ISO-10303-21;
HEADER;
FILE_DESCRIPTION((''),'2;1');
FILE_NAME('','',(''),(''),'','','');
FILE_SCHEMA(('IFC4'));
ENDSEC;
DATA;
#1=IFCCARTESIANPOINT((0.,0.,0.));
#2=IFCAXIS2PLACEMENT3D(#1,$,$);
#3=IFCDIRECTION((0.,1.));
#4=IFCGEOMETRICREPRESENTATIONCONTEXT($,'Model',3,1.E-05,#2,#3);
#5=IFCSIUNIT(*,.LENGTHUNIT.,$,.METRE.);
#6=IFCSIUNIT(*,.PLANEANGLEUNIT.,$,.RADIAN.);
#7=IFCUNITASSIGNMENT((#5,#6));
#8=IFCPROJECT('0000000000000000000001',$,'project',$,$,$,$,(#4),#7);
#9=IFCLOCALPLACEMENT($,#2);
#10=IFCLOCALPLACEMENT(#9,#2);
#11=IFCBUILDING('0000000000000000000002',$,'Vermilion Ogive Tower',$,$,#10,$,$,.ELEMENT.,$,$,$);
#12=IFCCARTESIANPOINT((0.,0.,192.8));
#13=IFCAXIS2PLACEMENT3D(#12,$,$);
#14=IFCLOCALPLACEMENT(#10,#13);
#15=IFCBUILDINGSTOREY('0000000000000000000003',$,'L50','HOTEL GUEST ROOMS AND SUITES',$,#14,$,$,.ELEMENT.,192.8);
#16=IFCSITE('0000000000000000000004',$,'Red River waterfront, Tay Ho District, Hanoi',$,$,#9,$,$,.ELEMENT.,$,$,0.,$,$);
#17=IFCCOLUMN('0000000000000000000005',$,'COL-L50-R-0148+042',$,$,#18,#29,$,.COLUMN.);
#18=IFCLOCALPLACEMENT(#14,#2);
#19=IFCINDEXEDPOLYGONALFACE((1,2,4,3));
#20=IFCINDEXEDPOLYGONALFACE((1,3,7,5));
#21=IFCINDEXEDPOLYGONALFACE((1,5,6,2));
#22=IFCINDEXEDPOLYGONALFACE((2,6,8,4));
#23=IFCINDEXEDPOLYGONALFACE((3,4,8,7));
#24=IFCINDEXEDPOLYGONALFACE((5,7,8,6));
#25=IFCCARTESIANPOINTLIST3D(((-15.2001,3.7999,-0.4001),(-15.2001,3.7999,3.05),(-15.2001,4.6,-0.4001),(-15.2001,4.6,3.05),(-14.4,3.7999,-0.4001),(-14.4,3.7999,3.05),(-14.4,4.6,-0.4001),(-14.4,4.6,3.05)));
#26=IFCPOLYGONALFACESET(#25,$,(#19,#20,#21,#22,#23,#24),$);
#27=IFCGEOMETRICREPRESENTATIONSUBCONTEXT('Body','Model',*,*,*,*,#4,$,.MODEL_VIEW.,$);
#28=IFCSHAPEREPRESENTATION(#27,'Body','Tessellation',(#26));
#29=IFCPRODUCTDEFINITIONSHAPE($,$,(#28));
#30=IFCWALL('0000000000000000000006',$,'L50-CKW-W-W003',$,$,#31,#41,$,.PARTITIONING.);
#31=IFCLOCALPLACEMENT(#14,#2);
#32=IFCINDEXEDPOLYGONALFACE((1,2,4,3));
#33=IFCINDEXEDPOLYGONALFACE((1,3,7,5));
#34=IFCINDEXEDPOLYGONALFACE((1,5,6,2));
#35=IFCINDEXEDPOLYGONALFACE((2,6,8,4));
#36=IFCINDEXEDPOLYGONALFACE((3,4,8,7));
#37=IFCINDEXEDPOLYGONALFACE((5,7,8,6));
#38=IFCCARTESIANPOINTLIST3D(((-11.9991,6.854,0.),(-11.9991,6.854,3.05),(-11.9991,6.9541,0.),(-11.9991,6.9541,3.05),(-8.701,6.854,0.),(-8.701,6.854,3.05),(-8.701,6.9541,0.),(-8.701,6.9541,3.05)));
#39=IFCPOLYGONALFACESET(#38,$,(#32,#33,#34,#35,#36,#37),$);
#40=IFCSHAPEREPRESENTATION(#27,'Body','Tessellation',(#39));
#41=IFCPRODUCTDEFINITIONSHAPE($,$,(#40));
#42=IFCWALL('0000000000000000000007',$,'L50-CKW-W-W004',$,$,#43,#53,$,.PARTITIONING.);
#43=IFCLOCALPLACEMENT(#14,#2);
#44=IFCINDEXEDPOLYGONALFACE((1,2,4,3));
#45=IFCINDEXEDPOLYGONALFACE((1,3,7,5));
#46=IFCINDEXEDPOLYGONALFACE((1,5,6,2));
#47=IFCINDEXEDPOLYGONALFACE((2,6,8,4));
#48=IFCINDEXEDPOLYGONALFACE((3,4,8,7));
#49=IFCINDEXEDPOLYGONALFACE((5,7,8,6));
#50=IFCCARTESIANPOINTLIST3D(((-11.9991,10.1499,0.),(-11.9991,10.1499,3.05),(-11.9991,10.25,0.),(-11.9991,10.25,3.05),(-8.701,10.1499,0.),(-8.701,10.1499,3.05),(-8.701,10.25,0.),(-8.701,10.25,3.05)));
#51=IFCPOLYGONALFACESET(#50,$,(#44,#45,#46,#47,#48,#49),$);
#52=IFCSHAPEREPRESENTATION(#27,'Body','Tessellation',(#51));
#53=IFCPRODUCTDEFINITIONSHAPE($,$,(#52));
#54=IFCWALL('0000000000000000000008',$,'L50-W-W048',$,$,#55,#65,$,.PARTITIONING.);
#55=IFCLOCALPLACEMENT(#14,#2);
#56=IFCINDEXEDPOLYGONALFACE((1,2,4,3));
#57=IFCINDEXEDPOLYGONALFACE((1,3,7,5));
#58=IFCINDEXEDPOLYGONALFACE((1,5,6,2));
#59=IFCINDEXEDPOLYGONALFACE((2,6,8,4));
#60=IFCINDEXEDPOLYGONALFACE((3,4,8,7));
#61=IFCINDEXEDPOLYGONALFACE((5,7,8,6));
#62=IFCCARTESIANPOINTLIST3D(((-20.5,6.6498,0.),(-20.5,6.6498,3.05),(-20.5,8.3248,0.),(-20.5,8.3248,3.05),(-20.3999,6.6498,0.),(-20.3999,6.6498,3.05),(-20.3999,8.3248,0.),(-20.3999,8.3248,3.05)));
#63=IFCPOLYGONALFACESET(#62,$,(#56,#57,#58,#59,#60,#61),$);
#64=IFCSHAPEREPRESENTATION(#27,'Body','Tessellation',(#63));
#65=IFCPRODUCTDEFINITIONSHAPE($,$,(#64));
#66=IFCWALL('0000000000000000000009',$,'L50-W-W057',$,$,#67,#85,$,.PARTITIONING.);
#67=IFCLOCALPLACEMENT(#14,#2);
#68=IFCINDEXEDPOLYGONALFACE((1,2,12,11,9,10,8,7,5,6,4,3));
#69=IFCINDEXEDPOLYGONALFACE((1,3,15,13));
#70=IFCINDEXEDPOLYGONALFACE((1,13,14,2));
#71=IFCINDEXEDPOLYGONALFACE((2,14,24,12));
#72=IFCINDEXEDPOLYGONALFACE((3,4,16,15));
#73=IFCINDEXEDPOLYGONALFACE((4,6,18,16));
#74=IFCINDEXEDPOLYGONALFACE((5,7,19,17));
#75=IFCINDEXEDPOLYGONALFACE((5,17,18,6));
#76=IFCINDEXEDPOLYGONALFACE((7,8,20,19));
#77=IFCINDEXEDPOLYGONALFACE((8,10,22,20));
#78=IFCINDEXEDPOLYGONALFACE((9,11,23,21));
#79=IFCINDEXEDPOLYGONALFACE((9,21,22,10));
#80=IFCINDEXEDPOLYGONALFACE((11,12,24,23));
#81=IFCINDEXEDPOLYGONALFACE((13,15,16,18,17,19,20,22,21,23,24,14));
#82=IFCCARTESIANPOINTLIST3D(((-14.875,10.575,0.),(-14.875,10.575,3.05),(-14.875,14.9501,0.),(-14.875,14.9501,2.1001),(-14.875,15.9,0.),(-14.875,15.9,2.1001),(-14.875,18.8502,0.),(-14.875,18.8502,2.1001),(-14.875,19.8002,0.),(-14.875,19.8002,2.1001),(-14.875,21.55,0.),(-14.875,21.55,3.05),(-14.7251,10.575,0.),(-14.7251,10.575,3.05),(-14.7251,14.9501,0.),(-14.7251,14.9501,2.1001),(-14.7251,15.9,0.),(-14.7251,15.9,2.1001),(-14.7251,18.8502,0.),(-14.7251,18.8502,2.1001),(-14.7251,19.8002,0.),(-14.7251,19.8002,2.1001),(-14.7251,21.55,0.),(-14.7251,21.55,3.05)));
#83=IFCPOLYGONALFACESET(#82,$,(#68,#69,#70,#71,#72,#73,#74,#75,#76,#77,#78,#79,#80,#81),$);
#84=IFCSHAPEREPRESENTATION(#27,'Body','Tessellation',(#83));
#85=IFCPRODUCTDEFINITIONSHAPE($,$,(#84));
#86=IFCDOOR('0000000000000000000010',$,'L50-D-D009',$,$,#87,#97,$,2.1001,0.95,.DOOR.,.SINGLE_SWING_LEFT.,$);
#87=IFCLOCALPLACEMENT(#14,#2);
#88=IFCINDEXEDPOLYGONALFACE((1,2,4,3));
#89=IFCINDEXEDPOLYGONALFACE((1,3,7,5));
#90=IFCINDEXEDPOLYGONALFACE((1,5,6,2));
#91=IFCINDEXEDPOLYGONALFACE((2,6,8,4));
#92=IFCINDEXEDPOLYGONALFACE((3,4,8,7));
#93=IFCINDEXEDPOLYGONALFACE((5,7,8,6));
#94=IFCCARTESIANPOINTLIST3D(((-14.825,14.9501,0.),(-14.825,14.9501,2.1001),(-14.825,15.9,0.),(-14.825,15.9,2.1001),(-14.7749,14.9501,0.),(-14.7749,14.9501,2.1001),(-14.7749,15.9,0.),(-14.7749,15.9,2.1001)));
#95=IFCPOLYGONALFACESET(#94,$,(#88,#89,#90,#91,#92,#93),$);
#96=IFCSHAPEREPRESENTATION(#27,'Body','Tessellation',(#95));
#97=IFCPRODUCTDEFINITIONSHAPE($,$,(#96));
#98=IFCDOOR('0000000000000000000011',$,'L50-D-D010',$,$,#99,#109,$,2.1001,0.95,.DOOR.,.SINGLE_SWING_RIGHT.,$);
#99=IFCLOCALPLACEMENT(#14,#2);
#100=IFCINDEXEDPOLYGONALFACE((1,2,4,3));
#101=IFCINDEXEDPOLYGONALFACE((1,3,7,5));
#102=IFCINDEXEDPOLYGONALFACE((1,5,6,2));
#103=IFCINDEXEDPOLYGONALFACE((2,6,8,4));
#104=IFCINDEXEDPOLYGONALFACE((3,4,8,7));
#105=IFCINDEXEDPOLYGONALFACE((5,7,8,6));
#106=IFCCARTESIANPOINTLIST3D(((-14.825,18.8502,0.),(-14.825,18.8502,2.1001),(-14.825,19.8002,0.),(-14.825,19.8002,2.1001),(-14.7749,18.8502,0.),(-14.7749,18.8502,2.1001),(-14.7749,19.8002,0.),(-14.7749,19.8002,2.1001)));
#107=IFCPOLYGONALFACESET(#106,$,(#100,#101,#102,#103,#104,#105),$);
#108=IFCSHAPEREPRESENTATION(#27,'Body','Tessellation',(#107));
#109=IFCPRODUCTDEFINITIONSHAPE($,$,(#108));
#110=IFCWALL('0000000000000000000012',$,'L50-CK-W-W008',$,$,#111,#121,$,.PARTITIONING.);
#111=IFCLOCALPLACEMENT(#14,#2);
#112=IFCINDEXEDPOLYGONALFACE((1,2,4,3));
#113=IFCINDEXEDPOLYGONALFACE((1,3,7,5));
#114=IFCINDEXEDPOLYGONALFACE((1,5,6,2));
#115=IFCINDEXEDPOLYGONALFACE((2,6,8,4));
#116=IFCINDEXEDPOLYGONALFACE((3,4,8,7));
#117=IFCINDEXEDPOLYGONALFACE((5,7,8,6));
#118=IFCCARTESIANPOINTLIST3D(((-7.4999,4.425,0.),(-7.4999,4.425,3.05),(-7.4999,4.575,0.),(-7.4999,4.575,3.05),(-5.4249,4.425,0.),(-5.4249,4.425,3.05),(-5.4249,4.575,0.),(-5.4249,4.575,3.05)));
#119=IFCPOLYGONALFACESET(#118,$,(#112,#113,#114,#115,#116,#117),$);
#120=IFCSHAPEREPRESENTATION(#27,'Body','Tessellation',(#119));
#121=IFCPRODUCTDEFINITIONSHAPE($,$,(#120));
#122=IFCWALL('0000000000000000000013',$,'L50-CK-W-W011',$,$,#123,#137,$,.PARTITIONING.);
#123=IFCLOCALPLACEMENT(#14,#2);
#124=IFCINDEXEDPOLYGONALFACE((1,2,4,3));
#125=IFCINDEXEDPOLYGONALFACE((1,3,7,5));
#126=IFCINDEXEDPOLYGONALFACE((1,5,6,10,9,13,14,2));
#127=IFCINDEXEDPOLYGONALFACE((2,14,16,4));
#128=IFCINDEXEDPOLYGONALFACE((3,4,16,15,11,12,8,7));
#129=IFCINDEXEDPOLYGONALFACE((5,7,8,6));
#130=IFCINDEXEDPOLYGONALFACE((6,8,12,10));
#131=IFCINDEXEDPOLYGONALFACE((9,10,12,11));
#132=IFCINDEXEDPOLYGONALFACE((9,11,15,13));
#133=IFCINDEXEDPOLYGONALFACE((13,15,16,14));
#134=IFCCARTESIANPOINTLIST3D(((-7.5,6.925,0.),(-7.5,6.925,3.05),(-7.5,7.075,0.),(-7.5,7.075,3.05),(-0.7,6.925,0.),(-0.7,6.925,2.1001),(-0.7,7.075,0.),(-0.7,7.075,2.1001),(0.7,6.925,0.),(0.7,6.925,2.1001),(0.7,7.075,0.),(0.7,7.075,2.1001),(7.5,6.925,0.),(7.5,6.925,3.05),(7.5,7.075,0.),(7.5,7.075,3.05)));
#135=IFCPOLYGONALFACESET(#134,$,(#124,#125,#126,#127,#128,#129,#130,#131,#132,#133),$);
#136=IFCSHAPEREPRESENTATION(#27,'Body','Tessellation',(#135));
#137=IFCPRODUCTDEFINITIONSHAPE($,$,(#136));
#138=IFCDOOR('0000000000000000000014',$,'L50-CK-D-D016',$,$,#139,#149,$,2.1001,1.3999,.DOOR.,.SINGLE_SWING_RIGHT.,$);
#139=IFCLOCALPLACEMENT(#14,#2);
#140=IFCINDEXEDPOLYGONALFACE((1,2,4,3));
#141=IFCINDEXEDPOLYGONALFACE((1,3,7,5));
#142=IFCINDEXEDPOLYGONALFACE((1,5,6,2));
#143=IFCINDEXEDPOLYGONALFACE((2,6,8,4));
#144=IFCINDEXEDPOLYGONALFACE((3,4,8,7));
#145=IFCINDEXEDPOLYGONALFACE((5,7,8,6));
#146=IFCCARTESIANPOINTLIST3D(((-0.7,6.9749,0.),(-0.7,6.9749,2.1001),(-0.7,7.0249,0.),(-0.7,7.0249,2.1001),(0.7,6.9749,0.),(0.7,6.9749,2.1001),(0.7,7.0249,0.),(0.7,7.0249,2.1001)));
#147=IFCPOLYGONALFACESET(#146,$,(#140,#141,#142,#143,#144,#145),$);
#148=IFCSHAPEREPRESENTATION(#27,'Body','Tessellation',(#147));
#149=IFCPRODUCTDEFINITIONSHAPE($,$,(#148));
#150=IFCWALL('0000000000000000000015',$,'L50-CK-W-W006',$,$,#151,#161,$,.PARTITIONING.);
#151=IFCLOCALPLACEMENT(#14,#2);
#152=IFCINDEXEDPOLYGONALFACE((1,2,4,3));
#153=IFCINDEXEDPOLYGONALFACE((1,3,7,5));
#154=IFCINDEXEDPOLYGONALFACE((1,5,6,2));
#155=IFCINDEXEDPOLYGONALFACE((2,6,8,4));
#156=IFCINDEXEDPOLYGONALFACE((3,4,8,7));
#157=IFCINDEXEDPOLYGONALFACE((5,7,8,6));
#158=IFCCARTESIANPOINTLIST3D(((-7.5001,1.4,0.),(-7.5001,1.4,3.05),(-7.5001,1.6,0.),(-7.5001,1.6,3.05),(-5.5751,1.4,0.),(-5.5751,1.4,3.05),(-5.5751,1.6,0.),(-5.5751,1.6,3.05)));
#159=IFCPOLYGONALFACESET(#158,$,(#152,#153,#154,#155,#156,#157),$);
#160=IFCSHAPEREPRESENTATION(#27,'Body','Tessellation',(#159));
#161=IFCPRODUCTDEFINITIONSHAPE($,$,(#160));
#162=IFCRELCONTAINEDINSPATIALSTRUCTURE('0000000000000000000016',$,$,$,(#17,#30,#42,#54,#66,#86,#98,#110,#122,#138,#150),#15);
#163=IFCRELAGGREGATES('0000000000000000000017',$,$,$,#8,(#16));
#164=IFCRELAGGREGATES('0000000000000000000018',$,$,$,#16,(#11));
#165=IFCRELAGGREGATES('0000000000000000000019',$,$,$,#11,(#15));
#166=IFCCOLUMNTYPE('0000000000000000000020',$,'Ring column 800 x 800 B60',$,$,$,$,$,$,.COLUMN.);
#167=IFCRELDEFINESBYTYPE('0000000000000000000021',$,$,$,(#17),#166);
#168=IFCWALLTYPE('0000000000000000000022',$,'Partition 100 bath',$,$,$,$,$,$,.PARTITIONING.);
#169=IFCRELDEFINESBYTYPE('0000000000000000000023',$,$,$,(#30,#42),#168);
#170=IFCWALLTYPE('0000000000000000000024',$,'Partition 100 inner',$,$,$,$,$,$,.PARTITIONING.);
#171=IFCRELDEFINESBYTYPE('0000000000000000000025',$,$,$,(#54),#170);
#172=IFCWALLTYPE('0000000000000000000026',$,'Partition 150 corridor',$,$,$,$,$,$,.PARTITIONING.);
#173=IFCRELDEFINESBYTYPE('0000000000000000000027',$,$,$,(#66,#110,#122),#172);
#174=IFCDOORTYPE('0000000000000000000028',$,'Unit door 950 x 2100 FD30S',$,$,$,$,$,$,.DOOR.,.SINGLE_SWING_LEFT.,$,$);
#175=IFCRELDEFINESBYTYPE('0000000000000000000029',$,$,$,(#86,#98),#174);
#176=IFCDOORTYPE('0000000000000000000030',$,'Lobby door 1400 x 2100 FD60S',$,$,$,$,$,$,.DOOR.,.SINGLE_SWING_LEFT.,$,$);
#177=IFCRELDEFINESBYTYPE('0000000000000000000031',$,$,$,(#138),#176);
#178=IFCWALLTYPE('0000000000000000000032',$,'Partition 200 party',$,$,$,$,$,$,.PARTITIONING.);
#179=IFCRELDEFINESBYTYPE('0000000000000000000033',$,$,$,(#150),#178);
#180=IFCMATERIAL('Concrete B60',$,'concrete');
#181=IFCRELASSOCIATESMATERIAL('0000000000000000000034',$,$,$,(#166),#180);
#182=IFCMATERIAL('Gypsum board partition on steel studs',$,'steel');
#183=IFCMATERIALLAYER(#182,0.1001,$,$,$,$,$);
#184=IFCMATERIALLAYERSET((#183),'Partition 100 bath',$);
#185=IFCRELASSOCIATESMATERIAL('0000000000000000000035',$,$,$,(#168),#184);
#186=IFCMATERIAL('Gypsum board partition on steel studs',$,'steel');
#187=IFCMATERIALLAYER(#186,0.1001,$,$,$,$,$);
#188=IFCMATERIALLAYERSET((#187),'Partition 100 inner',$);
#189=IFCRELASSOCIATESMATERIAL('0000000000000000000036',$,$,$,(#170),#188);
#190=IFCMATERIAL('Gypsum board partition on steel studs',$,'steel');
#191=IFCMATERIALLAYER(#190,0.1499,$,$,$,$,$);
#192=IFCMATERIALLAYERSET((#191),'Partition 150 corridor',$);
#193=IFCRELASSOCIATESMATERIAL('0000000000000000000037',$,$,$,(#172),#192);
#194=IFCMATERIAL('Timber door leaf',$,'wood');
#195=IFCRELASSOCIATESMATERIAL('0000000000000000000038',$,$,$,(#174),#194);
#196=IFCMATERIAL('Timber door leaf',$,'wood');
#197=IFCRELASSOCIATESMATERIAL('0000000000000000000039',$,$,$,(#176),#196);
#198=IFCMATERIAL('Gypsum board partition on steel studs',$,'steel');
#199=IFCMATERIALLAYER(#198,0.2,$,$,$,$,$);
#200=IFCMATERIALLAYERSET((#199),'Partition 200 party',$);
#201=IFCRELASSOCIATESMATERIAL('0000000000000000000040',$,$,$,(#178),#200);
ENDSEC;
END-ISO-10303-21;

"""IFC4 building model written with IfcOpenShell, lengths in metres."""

from ifc_helpers import new_model, si_unit, direction, frame, frame_2d, origin, origin_2d, place, context, subcontext, project, spatial, rectangle, extrude, material, layer, layer_set, material_profile, profile_set, type_object, element, fill, save


model = new_model("IFC4")

# Units and contexts
model_context = context("Model", 3, precision=1e-05, world=origin(), true_north=direction((0.0, 1.0)))
body_context = subcontext(model_context, "Body", "Model", "MODEL_VIEW")
ifc_project = project(units=[si_unit("LENGTHUNIT", "METRE"), si_unit("PLANEANGLEUNIT", "RADIAN")], contexts=[model_context])

# Site, building, storey
site_placement = place(None, origin())
site = spatial("IfcSite", under=ifc_project, at=site_placement, Name="Red River waterfront, Tay Ho District, Hanoi", CompositionType="ELEMENT", RefElevation=0.0)
building_placement = place(site_placement, origin())
building = spatial("IfcBuilding", under=site, at=building_placement, Name="Vermilion Ogive Tower", CompositionType="ELEMENT")
storey_placement = place(building_placement, frame((0.0, 0.0, 192.8)))
storey = spatial("IfcBuildingStorey", under=building, at=storey_placement, Name="L50", Description="HOTEL GUEST ROOMS AND SUITES", CompositionType="ELEMENT", Elevation=192.8)

# Column
ifc_material_1 = material(Name="Concrete B60", Category="concrete")
ifc_material_profile = material_profile(ifc_material_1, rectangle(XDim=0.8, YDim=0.8, at=origin_2d()), Name="800 x 800")
ifc_profile_set = profile_set([ifc_material_profile], Name="Concrete B60")
column_type = type_object("IfcColumnType", Name="Ring column 800 x 800 B60", PredefinedType="COLUMN", material=ifc_profile_set)
column_placement = place(storey_placement, frame((-14.8, 4.2, -0.4001), z_axis=(0.0, 0.0, 1.0), x_axis=(1.0, 0.0, 0.0)))
element("IfcColumn", 1, at=column_placement, inside=storey, type_object=column_type, Name="COL-L50-R-0148+042", PredefinedType="COLUMN", context=body_context, shape_type="SweptSolid", body=[
    extrude(rectangle(XDim=0.8, YDim=0.8, at=origin_2d()), origin(), (0.0, 0.0, 1.0), 3.4502),
])

# Walls
ifc_material_2 = material(Name="Gypsum board partition on steel studs", Category="steel")
ifc_layer_1 = layer(ifc_material_2, 0.1001)
ifc_layer_set_1 = layer_set([ifc_layer_1], Name="Partition 100 bath")
wall_type_1 = type_object("IfcWallType", Name="Partition 100 bath", PredefinedType="PARTITIONING", material=ifc_layer_set_1)
for number, where, z_axis, x_axis, name in (
    (2, (-11.999, 6.9041, 0.0), (0.0, 0.0, 1.0), (1.0, 0.0, 0.0), "L50-CKW-W-W003"),
    (3, (-11.999, 10.2, 0.0), (0.0, 0.0, 1.0), (1.0, 0.0, 0.0), "L50-CKW-W-W004"),
):
    element("IfcWall", number, at=place(storey_placement, frame(where, z_axis=z_axis, x_axis=x_axis)), inside=storey, type_object=wall_type_1, Name=name, PredefinedType="PARTITIONING", context=body_context, shape_type="SweptSolid", body=[
        extrude(rectangle(XDim=3.2981, YDim=0.1001, at=frame_2d((1.6489, 0.0))), origin(), (0.0, 0.0, 1.0), 3.05),
    ])
ifc_material_3 = material(Name="Gypsum board partition on steel studs", Category="steel")
ifc_layer_2 = layer(ifc_material_3, 0.1001)
ifc_layer_set_2 = layer_set([ifc_layer_2], Name="Partition 100 inner")
wall_type_2 = type_object("IfcWallType", Name="Partition 100 inner", PredefinedType="PARTITIONING", material=ifc_layer_set_2)
wall_1_placement = place(storey_placement, frame((-20.45, 6.6499, 0.0), z_axis=(0.0, 0.0, 1.0), x_axis=(0.0, 1.0, 0.0)))
element("IfcWall", 4, at=wall_1_placement, inside=storey, type_object=wall_type_2, Name="L50-W-W048", PredefinedType="PARTITIONING", context=body_context, shape_type="SweptSolid", body=[
    extrude(rectangle(XDim=1.675, YDim=0.1001, at=frame_2d((0.8374, 0.0))), origin(), (0.0, 0.0, 1.0), 3.05),
])

# Wall, openings, doors
ifc_material_4 = material(Name="Gypsum board partition on steel studs", Category="steel")
ifc_layer_3 = layer(ifc_material_4, 0.1499)
ifc_layer_set_3 = layer_set([ifc_layer_3], Name="Partition 150 corridor")
wall_type_3 = type_object("IfcWallType", Name="Partition 150 corridor", PredefinedType="PARTITIONING", material=ifc_layer_set_3)
wall_2_placement = place(storey_placement, frame((-14.8, 10.575, 0.0), z_axis=(0.0, 0.0, 1.0), x_axis=(0.0, 1.0, 0.0)))
wall_2 = element("IfcWall", 5, at=wall_2_placement, inside=storey, type_object=wall_type_3, Name="L50-W-W057", PredefinedType="PARTITIONING", context=body_context, shape_type="SweptSolid", body=[
    extrude(rectangle(XDim=10.9751, YDim=0.1499, at=frame_2d((5.4875, 0.0))), origin(), (0.0, 0.0, 1.0), 3.05),
])
opening_1_placement = place(wall_2_placement, frame((4.375, 0.0, 0.0)))
opening_1 = element("IfcOpeningElement", 6, at=opening_1_placement, cuts=wall_2, PredefinedType="OPENING", context=body_context, shape_type="SweptSolid", body=[
    extrude(rectangle(XDim=0.95, YDim=2.1001, at=frame_2d((0.4751, 1.05))), frame((0.0, 0.085, 0.0), z_axis=(0.0, -1.0, 0.0), x_axis=(1.0, 0.0, 0.0)), (0.0, 0.0, 1.0), 0.1699),
])
opening_2_placement = place(wall_2_placement, frame((8.2751, 0.0, 0.0)))
opening_2 = element("IfcOpeningElement", 7, at=opening_2_placement, cuts=wall_2, PredefinedType="OPENING", context=body_context, shape_type="SweptSolid", body=[
    extrude(rectangle(XDim=0.95, YDim=2.1001, at=frame_2d((0.4751, 1.05))), frame((0.0, 0.085, 0.0), z_axis=(0.0, -1.0, 0.0), x_axis=(1.0, 0.0, 0.0)), (0.0, 0.0, 1.0), 0.1699),
])
ifc_material_5 = material(Name="Timber door leaf", Category="wood")
door_type_1 = type_object("IfcDoorType", Name="Unit door 950 x 2100 FD30S", OperationType="SINGLE_SWING_LEFT", PredefinedType="DOOR", material=ifc_material_5)
door_1_placement = place(opening_1_placement, origin())
door_1 = element("IfcDoor", 8, at=door_1_placement, inside=storey, type_object=door_type_1, Name="L50-D-D009", OperationType="SINGLE_SWING_LEFT", OverallHeight=2.1001, OverallWidth=0.95, PredefinedType="DOOR", context=body_context, shape_type="SweptSolid", body=[
    extrude(rectangle(XDim=0.95, YDim=2.1001, at=frame_2d((0.4751, 1.05))), frame((0.0, 0.0249, 0.0), z_axis=(0.0, -1.0, 0.0), x_axis=(1.0, 0.0, 0.0)), (0.0, 0.0, 1.0), 0.05),
])
fill(opening_1, door_1)
door_2_placement = place(opening_2_placement, origin())
door_2 = element("IfcDoor", 9, at=door_2_placement, inside=storey, type_object=door_type_1, Name="L50-D-D010", OperationType="SINGLE_SWING_RIGHT", OverallHeight=2.1001, OverallWidth=0.95, PredefinedType="DOOR", context=body_context, shape_type="SweptSolid", body=[
    extrude(rectangle(XDim=0.95, YDim=2.1001, at=frame_2d((0.4751, 1.05))), frame((0.0, 0.0249, 0.0), z_axis=(0.0, -1.0, 0.0), x_axis=(1.0, 0.0, 0.0)), (0.0, 0.0, 1.0), 0.05),
])
fill(opening_2, door_2)

# Wall
wall_3_placement = place(storey_placement, frame((-7.5, 4.5, 0.0), z_axis=(0.0, 0.0, 1.0), x_axis=(1.0, 0.0, 0.0)))
element("IfcWall", 10, at=wall_3_placement, inside=storey, type_object=wall_type_3, Name="L50-CK-W-W008", PredefinedType="PARTITIONING", context=body_context, shape_type="SweptSolid", body=[
    extrude(rectangle(XDim=2.075, YDim=0.1499, at=frame_2d((1.0376, 0.0))), origin(), (0.0, 0.0, 1.0), 3.05),
])

# Wall, opening, door
wall_4_placement = place(storey_placement, frame((-7.5, 7.0, 0.0), z_axis=(0.0, 0.0, 1.0), x_axis=(1.0, 0.0, 0.0)))
wall_4 = element("IfcWall", 11, at=wall_4_placement, inside=storey, type_object=wall_type_3, Name="L50-CK-W-W011", PredefinedType="PARTITIONING", context=body_context, shape_type="SweptSolid", body=[
    extrude(rectangle(XDim=15.0, YDim=0.1499, at=frame_2d((7.5, 0.0))), origin(), (0.0, 0.0, 1.0), 3.05),
])
opening_3_placement = place(wall_4_placement, frame((6.8, 0.0, 0.0)))
opening_3 = element("IfcOpeningElement", 12, at=opening_3_placement, cuts=wall_4, PredefinedType="OPENING", context=body_context, shape_type="SweptSolid", body=[
    extrude(rectangle(XDim=1.3999, YDim=2.1001, at=frame_2d((0.7, 1.05))), frame((0.0, 0.085, 0.0), z_axis=(0.0, -1.0, 0.0), x_axis=(1.0, 0.0, 0.0)), (0.0, 0.0, 1.0), 0.1699),
])
ifc_material_6 = material(Name="Timber door leaf", Category="wood")
door_type_2 = type_object("IfcDoorType", Name="Lobby door 1400 x 2100 FD60S", OperationType="SINGLE_SWING_LEFT", PredefinedType="DOOR", material=ifc_material_6)
door_3_placement = place(opening_3_placement, origin())
door_3 = element("IfcDoor", 13, at=door_3_placement, inside=storey, type_object=door_type_2, Name="L50-CK-D-D016", OperationType="SINGLE_SWING_RIGHT", OverallHeight=2.1001, OverallWidth=1.3999, PredefinedType="DOOR", context=body_context, shape_type="SweptSolid", body=[
    extrude(rectangle(XDim=1.3999, YDim=2.1001, at=frame_2d((0.7, 1.05))), frame((0.0, 0.0249, 0.0), z_axis=(0.0, -1.0, 0.0), x_axis=(1.0, 0.0, 0.0)), (0.0, 0.0, 1.0), 0.05),
])
fill(opening_3, door_3)

# Wall
ifc_material_7 = material(Name="Gypsum board partition on steel studs", Category="steel")
ifc_layer_4 = layer(ifc_material_7, 0.2)
ifc_layer_set_4 = layer_set([ifc_layer_4], Name="Partition 200 party")
wall_type_4 = type_object("IfcWallType", Name="Partition 200 party", PredefinedType="PARTITIONING", material=ifc_layer_set_4)
wall_5_placement = place(storey_placement, frame((-7.5, 1.5, 0.0), z_axis=(0.0, 0.0, 1.0), x_axis=(1.0, 0.0, 0.0)))
element("IfcWall", 14, at=wall_5_placement, inside=storey, type_object=wall_type_4, Name="L50-CK-W-W006", PredefinedType="PARTITIONING", context=body_context, shape_type="SweptSolid", body=[
    extrude(rectangle(XDim=1.925, YDim=0.2, at=frame_2d((0.9624, 0.0))), origin(), (0.0, 0.0, 1.0), 3.05),
])

save(model, "model.ifc")
